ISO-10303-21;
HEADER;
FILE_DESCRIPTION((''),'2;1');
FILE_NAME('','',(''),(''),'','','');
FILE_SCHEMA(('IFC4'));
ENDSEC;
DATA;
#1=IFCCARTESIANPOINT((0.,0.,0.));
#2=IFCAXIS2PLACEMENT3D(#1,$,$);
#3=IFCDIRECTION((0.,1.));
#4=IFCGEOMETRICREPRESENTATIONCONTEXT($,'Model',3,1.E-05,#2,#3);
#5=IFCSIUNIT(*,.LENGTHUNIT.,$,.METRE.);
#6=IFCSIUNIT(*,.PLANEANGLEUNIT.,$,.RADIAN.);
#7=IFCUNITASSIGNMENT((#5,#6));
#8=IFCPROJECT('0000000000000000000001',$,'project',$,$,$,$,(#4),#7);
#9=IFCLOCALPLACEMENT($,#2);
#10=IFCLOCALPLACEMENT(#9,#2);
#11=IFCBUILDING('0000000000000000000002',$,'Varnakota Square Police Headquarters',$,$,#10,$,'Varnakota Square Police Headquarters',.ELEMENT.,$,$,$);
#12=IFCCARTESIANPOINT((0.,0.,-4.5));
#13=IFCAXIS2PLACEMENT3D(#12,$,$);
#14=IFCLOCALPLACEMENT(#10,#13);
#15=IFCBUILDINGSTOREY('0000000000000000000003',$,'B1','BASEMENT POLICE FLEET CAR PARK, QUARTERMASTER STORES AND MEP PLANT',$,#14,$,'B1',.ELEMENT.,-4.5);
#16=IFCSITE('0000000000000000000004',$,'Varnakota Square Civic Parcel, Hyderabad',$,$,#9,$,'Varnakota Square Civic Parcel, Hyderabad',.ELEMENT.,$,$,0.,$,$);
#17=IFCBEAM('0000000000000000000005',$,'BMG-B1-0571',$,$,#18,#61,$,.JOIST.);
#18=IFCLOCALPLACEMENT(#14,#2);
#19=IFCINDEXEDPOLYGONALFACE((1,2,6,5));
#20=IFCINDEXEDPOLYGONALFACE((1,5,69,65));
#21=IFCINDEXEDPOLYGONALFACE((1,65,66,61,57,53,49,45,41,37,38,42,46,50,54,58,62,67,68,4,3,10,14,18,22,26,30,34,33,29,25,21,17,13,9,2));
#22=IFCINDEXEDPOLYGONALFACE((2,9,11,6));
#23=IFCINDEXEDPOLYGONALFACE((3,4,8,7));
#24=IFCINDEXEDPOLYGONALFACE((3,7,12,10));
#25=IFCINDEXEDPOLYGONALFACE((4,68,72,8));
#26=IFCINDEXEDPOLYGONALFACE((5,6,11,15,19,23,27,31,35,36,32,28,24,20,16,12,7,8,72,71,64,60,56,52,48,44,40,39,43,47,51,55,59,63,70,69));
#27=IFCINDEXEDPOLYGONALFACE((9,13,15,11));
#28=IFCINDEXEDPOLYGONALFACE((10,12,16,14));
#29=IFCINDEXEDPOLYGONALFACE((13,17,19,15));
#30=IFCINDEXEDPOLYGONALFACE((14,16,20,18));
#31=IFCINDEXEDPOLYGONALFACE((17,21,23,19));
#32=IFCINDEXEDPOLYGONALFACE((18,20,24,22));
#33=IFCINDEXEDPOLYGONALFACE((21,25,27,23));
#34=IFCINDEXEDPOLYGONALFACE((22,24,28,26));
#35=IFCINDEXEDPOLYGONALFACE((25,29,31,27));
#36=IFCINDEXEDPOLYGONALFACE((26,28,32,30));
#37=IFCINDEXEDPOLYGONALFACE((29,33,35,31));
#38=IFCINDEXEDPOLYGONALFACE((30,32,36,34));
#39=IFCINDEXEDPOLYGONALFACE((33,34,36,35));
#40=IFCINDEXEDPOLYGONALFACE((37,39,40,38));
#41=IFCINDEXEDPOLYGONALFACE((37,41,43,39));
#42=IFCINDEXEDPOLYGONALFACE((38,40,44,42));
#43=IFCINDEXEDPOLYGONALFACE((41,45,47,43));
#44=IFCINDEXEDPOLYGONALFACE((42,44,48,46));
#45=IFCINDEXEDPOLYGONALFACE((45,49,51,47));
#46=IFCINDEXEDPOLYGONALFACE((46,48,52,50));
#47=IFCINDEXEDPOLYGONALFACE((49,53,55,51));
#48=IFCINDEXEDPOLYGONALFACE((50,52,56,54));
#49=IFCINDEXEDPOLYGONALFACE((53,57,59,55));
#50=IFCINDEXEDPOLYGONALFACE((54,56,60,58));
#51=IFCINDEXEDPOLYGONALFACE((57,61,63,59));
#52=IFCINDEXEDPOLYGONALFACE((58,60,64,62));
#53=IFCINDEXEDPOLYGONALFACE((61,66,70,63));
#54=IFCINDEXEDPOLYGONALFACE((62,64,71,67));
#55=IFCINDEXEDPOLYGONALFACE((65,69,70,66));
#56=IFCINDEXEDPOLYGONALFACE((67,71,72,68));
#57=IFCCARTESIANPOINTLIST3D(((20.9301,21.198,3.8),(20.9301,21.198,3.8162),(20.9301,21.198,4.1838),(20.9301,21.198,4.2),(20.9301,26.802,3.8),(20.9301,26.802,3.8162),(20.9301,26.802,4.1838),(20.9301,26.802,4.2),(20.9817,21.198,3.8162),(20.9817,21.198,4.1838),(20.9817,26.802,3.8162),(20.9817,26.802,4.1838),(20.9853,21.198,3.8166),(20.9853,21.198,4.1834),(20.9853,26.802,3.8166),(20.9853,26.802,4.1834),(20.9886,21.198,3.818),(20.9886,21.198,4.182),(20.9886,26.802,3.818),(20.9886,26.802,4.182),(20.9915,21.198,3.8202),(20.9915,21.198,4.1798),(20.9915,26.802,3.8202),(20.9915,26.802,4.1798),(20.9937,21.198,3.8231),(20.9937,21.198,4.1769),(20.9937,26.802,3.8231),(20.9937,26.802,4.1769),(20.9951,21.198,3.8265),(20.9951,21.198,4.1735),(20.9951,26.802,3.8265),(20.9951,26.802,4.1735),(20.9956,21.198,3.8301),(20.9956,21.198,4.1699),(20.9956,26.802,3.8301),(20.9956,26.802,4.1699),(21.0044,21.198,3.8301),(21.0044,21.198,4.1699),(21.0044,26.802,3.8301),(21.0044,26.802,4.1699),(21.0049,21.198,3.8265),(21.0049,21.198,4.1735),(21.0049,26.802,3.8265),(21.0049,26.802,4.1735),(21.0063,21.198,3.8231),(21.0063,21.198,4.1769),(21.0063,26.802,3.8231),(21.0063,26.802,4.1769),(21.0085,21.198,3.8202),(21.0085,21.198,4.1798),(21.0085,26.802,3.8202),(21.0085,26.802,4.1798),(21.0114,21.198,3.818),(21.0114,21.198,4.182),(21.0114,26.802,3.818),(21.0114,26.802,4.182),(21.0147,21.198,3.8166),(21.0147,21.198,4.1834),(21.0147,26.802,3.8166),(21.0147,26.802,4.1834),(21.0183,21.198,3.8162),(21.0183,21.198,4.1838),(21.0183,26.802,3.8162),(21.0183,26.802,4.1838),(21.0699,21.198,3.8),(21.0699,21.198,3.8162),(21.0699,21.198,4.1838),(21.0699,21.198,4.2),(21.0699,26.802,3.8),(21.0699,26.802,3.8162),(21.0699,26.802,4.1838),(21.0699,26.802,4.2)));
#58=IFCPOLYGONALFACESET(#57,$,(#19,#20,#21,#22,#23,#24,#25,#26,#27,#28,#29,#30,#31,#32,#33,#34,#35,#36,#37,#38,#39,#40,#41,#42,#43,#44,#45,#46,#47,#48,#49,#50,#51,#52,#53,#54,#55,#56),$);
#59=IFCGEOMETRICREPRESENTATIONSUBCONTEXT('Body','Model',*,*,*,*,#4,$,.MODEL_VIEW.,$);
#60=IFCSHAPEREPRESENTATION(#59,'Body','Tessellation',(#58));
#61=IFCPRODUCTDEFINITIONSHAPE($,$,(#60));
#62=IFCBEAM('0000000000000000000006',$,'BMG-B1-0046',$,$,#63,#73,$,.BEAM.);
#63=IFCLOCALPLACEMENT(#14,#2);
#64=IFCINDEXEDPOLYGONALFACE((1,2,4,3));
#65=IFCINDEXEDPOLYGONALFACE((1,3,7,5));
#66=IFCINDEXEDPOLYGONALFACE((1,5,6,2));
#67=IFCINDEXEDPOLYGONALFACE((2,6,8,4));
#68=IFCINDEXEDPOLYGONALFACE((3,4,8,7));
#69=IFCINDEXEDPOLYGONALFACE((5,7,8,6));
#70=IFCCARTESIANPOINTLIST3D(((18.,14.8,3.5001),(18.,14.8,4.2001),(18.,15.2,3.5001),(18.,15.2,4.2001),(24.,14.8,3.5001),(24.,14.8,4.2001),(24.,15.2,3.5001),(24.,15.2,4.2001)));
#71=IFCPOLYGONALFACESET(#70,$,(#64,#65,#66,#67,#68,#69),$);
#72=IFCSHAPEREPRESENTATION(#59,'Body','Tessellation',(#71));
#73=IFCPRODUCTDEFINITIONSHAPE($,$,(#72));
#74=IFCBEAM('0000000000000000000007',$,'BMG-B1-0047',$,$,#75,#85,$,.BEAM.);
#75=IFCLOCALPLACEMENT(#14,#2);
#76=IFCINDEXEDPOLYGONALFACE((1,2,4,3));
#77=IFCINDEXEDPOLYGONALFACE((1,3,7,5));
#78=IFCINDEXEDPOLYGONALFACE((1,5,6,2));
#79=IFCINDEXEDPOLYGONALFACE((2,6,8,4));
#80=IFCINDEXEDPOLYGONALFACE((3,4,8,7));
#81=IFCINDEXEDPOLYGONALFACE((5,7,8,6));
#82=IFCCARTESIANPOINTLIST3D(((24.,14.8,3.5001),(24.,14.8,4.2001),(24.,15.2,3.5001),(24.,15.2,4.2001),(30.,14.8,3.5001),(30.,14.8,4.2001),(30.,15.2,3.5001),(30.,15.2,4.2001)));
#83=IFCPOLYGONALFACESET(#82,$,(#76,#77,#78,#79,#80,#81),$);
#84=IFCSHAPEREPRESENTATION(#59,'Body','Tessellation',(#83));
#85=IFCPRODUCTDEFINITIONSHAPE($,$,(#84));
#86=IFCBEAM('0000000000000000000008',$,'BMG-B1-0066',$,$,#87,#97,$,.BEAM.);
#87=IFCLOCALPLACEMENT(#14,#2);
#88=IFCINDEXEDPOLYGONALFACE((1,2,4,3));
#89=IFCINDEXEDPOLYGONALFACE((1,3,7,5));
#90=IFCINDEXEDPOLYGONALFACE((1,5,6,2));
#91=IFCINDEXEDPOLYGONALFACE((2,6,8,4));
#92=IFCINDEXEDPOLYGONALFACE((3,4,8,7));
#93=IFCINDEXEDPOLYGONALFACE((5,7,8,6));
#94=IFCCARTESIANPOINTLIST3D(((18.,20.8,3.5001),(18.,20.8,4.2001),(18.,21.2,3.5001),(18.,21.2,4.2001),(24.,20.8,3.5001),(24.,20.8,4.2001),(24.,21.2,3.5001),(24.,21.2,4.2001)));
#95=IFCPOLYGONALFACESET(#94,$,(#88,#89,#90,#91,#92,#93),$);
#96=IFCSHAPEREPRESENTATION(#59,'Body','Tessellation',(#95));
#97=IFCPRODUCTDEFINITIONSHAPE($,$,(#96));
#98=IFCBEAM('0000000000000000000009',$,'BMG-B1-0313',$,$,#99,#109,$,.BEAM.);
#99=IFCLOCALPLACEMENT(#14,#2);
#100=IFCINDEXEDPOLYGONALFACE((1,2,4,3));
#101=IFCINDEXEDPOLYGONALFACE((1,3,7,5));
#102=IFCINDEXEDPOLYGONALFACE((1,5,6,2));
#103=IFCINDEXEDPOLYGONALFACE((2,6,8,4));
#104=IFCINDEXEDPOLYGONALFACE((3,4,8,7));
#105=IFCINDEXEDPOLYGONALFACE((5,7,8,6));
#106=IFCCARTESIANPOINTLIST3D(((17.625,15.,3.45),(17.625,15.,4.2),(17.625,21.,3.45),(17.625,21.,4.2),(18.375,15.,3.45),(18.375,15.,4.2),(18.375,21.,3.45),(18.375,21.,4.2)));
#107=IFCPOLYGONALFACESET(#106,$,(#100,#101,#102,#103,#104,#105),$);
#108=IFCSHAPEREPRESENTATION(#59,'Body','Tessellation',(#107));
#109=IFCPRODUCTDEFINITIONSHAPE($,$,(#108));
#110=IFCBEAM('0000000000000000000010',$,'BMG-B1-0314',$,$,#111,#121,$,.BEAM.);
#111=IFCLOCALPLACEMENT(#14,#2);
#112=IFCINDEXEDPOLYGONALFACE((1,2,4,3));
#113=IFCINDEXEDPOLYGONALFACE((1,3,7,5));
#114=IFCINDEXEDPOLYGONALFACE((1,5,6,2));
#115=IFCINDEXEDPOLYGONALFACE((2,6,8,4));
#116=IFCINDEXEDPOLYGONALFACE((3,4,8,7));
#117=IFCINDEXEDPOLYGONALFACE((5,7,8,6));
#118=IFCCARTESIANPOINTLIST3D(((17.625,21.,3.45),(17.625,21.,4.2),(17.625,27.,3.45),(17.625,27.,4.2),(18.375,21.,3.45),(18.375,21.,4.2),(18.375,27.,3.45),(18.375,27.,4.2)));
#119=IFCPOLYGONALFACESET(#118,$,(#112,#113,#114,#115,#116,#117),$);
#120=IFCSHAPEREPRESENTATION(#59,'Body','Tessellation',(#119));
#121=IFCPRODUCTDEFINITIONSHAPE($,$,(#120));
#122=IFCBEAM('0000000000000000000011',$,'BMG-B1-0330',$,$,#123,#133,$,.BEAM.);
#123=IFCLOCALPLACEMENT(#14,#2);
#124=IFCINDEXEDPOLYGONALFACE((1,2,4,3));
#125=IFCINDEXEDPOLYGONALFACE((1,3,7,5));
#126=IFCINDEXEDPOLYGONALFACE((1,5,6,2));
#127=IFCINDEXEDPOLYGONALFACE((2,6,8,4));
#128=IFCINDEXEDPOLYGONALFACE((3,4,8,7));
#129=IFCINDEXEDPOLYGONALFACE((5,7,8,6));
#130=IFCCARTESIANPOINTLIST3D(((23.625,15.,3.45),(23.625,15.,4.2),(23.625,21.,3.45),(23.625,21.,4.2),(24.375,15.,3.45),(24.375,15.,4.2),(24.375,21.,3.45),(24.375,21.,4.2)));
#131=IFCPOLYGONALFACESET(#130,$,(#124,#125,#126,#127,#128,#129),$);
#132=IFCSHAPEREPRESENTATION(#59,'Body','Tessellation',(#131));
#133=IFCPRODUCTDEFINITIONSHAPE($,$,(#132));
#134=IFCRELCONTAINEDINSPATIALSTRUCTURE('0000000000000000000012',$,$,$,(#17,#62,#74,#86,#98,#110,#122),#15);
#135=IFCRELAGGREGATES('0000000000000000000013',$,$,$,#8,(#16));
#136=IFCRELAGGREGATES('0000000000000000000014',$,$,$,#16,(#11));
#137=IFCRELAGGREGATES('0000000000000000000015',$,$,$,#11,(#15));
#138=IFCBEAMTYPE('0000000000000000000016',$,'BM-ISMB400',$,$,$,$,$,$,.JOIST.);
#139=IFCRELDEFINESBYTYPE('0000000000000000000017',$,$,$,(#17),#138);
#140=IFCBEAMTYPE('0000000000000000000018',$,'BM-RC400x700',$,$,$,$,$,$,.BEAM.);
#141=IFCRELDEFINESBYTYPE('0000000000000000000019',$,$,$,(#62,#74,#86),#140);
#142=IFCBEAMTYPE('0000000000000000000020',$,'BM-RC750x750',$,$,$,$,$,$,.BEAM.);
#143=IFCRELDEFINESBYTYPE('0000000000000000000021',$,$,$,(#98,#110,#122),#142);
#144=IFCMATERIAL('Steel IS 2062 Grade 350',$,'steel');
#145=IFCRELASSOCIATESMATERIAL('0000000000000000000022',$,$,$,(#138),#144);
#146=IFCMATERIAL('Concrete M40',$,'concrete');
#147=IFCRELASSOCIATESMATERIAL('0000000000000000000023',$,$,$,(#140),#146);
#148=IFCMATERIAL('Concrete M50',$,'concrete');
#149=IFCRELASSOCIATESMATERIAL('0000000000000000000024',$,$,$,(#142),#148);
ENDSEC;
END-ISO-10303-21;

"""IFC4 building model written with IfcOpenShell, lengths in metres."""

from ifc_helpers import new_model, si_unit, direction, frame, origin, origin_2d, place, context, subcontext, project, spatial, rectangle, i_section, extrude, material, material_profile, profile_set, type_object, element, save


model = new_model("IFC4")

# Units and contexts
model_context = context("Model", 3, precision=1e-05, world=origin(), true_north=direction((0.0, 1.0)))
body_context = subcontext(model_context, "Body", "Model", "MODEL_VIEW")
ifc_project = project(units=[si_unit("LENGTHUNIT", "METRE"), si_unit("PLANEANGLEUNIT", "RADIAN")], contexts=[model_context])

# Site, building, storey
site_placement = place(None, origin())
site = spatial("IfcSite", under=ifc_project, at=site_placement, Name="Varnakota Square Civic Parcel, Hyderabad", LongName="Varnakota Square Civic Parcel, Hyderabad", CompositionType="ELEMENT", RefElevation=0.0)
building_placement = place(site_placement, origin())
building = spatial("IfcBuilding", under=site, at=building_placement, Name="Varnakota Square Police Headquarters", LongName="Varnakota Square Police Headquarters", CompositionType="ELEMENT")
storey_placement = place(building_placement, frame((0.0, 0.0, -4.5)))
storey = spatial("IfcBuildingStorey", under=building, at=storey_placement, Name="B1", Description="BASEMENT POLICE FLEET CAR PARK, QUARTERMASTER STORES AND MEP PLANT", LongName="B1", CompositionType="ELEMENT", Elevation=-4.5)

# Shared definitions
ifc_material_1 = material(Name="Concrete M40", Category="concrete")
ifc_material_2 = material(Name="Concrete M50", Category="concrete")

# Beams
ifc_material_3 = material(Name="Steel IS 2062 Grade 350", Category="steel")
ifc_material_profile_1 = material_profile(ifc_material_3, i_section(OverallWidth=0.1399, OverallDepth=0.3999, WebThickness=0.0088, FlangeThickness=0.0161, FilletRadius=0.0139, at=origin_2d()), Name="ISMB 400")
ifc_profile_set_1 = profile_set([ifc_material_profile_1], Name="Steel IS 2062 Grade 350")
beam_type_1 = type_object("IfcBeamType", Name="BM-ISMB400", PredefinedType="JOIST", material=ifc_profile_set_1)
beam_1_placement = place(storey_placement, frame((21.0, 21.198, 4.0), z_axis=(0.0, 1.0, 0.0), x_axis=(-1.0, 0.0, 0.0)))
element("IfcBeam", 1, at=beam_1_placement, inside=storey, type_object=beam_type_1, Name="BMG-B1-0571", PredefinedType="JOIST", context=body_context, shape_type="SweptSolid", body=[
    extrude(i_section(OverallWidth=0.1399, OverallDepth=0.3999, WebThickness=0.0088, FlangeThickness=0.0161, FilletRadius=0.0139, at=origin_2d()), origin(), (0.0, 0.0, 1.0), 5.604),
])
ifc_material_profile_2 = material_profile(ifc_material_1, rectangle(XDim=0.3999, YDim=0.7, at=origin_2d()), Name="RC 400x700")
ifc_profile_set_2 = profile_set([ifc_material_profile_2], Name="Concrete M40")
beam_type_2 = type_object("IfcBeamType", Name="BM-RC400x700", PredefinedType="BEAM", material=ifc_profile_set_2)
for number, where, z_axis, x_axis, name in (
    (2, (18.0, 15.0, 3.8501), (1.0, 0.0, 0.0), (0.0, 1.0, 0.0), "BMG-B1-0046"),
    (3, (24.0, 15.0, 3.8501), (1.0, 0.0, 0.0), (0.0, 1.0, 0.0), "BMG-B1-0047"),
    (4, (18.0, 21.0, 3.8501), (1.0, 0.0, 0.0), (0.0, 1.0, 0.0), "BMG-B1-0066"),
):
    element("IfcBeam", number, at=place(storey_placement, frame(where, z_axis=z_axis, x_axis=x_axis)), inside=storey, type_object=beam_type_2, Name=name, PredefinedType="BEAM", context=body_context, shape_type="SweptSolid", body=[
        extrude(rectangle(XDim=0.3999, YDim=0.7, at=origin_2d()), origin(), (0.0, 0.0, 1.0), 6.0),
    ])
ifc_material_profile_3 = material_profile(ifc_material_2, rectangle(XDim=0.75, YDim=0.75, at=origin_2d()), Name="RC 750x750")
ifc_profile_set_3 = profile_set([ifc_material_profile_3], Name="Concrete M50")
beam_type_3 = type_object("IfcBeamType", Name="BM-RC750x750", PredefinedType="BEAM", material=ifc_profile_set_3)
for number, where, z_axis, x_axis, name in (
    (5, (18.0, 15.0, 3.825), (0.0, 1.0, 0.0), (-1.0, 0.0, 0.0), "BMG-B1-0313"),
    (6, (18.0, 21.0, 3.825), (0.0, 1.0, 0.0), (-1.0, 0.0, 0.0), "BMG-B1-0314"),
    (7, (24.0, 15.0, 3.825), (0.0, 1.0, 0.0), (-1.0, 0.0, 0.0), "BMG-B1-0330"),
):
    element("IfcBeam", number, at=place(storey_placement, frame(where, z_axis=z_axis, x_axis=x_axis)), inside=storey, type_object=beam_type_3, Name=name, PredefinedType="BEAM", context=body_context, shape_type="SweptSolid", body=[
        extrude(rectangle(XDim=0.75, YDim=0.75, at=origin_2d()), origin(), (0.0, 0.0, 1.0), 6.0),
    ])

save(model, "model.ifc")
